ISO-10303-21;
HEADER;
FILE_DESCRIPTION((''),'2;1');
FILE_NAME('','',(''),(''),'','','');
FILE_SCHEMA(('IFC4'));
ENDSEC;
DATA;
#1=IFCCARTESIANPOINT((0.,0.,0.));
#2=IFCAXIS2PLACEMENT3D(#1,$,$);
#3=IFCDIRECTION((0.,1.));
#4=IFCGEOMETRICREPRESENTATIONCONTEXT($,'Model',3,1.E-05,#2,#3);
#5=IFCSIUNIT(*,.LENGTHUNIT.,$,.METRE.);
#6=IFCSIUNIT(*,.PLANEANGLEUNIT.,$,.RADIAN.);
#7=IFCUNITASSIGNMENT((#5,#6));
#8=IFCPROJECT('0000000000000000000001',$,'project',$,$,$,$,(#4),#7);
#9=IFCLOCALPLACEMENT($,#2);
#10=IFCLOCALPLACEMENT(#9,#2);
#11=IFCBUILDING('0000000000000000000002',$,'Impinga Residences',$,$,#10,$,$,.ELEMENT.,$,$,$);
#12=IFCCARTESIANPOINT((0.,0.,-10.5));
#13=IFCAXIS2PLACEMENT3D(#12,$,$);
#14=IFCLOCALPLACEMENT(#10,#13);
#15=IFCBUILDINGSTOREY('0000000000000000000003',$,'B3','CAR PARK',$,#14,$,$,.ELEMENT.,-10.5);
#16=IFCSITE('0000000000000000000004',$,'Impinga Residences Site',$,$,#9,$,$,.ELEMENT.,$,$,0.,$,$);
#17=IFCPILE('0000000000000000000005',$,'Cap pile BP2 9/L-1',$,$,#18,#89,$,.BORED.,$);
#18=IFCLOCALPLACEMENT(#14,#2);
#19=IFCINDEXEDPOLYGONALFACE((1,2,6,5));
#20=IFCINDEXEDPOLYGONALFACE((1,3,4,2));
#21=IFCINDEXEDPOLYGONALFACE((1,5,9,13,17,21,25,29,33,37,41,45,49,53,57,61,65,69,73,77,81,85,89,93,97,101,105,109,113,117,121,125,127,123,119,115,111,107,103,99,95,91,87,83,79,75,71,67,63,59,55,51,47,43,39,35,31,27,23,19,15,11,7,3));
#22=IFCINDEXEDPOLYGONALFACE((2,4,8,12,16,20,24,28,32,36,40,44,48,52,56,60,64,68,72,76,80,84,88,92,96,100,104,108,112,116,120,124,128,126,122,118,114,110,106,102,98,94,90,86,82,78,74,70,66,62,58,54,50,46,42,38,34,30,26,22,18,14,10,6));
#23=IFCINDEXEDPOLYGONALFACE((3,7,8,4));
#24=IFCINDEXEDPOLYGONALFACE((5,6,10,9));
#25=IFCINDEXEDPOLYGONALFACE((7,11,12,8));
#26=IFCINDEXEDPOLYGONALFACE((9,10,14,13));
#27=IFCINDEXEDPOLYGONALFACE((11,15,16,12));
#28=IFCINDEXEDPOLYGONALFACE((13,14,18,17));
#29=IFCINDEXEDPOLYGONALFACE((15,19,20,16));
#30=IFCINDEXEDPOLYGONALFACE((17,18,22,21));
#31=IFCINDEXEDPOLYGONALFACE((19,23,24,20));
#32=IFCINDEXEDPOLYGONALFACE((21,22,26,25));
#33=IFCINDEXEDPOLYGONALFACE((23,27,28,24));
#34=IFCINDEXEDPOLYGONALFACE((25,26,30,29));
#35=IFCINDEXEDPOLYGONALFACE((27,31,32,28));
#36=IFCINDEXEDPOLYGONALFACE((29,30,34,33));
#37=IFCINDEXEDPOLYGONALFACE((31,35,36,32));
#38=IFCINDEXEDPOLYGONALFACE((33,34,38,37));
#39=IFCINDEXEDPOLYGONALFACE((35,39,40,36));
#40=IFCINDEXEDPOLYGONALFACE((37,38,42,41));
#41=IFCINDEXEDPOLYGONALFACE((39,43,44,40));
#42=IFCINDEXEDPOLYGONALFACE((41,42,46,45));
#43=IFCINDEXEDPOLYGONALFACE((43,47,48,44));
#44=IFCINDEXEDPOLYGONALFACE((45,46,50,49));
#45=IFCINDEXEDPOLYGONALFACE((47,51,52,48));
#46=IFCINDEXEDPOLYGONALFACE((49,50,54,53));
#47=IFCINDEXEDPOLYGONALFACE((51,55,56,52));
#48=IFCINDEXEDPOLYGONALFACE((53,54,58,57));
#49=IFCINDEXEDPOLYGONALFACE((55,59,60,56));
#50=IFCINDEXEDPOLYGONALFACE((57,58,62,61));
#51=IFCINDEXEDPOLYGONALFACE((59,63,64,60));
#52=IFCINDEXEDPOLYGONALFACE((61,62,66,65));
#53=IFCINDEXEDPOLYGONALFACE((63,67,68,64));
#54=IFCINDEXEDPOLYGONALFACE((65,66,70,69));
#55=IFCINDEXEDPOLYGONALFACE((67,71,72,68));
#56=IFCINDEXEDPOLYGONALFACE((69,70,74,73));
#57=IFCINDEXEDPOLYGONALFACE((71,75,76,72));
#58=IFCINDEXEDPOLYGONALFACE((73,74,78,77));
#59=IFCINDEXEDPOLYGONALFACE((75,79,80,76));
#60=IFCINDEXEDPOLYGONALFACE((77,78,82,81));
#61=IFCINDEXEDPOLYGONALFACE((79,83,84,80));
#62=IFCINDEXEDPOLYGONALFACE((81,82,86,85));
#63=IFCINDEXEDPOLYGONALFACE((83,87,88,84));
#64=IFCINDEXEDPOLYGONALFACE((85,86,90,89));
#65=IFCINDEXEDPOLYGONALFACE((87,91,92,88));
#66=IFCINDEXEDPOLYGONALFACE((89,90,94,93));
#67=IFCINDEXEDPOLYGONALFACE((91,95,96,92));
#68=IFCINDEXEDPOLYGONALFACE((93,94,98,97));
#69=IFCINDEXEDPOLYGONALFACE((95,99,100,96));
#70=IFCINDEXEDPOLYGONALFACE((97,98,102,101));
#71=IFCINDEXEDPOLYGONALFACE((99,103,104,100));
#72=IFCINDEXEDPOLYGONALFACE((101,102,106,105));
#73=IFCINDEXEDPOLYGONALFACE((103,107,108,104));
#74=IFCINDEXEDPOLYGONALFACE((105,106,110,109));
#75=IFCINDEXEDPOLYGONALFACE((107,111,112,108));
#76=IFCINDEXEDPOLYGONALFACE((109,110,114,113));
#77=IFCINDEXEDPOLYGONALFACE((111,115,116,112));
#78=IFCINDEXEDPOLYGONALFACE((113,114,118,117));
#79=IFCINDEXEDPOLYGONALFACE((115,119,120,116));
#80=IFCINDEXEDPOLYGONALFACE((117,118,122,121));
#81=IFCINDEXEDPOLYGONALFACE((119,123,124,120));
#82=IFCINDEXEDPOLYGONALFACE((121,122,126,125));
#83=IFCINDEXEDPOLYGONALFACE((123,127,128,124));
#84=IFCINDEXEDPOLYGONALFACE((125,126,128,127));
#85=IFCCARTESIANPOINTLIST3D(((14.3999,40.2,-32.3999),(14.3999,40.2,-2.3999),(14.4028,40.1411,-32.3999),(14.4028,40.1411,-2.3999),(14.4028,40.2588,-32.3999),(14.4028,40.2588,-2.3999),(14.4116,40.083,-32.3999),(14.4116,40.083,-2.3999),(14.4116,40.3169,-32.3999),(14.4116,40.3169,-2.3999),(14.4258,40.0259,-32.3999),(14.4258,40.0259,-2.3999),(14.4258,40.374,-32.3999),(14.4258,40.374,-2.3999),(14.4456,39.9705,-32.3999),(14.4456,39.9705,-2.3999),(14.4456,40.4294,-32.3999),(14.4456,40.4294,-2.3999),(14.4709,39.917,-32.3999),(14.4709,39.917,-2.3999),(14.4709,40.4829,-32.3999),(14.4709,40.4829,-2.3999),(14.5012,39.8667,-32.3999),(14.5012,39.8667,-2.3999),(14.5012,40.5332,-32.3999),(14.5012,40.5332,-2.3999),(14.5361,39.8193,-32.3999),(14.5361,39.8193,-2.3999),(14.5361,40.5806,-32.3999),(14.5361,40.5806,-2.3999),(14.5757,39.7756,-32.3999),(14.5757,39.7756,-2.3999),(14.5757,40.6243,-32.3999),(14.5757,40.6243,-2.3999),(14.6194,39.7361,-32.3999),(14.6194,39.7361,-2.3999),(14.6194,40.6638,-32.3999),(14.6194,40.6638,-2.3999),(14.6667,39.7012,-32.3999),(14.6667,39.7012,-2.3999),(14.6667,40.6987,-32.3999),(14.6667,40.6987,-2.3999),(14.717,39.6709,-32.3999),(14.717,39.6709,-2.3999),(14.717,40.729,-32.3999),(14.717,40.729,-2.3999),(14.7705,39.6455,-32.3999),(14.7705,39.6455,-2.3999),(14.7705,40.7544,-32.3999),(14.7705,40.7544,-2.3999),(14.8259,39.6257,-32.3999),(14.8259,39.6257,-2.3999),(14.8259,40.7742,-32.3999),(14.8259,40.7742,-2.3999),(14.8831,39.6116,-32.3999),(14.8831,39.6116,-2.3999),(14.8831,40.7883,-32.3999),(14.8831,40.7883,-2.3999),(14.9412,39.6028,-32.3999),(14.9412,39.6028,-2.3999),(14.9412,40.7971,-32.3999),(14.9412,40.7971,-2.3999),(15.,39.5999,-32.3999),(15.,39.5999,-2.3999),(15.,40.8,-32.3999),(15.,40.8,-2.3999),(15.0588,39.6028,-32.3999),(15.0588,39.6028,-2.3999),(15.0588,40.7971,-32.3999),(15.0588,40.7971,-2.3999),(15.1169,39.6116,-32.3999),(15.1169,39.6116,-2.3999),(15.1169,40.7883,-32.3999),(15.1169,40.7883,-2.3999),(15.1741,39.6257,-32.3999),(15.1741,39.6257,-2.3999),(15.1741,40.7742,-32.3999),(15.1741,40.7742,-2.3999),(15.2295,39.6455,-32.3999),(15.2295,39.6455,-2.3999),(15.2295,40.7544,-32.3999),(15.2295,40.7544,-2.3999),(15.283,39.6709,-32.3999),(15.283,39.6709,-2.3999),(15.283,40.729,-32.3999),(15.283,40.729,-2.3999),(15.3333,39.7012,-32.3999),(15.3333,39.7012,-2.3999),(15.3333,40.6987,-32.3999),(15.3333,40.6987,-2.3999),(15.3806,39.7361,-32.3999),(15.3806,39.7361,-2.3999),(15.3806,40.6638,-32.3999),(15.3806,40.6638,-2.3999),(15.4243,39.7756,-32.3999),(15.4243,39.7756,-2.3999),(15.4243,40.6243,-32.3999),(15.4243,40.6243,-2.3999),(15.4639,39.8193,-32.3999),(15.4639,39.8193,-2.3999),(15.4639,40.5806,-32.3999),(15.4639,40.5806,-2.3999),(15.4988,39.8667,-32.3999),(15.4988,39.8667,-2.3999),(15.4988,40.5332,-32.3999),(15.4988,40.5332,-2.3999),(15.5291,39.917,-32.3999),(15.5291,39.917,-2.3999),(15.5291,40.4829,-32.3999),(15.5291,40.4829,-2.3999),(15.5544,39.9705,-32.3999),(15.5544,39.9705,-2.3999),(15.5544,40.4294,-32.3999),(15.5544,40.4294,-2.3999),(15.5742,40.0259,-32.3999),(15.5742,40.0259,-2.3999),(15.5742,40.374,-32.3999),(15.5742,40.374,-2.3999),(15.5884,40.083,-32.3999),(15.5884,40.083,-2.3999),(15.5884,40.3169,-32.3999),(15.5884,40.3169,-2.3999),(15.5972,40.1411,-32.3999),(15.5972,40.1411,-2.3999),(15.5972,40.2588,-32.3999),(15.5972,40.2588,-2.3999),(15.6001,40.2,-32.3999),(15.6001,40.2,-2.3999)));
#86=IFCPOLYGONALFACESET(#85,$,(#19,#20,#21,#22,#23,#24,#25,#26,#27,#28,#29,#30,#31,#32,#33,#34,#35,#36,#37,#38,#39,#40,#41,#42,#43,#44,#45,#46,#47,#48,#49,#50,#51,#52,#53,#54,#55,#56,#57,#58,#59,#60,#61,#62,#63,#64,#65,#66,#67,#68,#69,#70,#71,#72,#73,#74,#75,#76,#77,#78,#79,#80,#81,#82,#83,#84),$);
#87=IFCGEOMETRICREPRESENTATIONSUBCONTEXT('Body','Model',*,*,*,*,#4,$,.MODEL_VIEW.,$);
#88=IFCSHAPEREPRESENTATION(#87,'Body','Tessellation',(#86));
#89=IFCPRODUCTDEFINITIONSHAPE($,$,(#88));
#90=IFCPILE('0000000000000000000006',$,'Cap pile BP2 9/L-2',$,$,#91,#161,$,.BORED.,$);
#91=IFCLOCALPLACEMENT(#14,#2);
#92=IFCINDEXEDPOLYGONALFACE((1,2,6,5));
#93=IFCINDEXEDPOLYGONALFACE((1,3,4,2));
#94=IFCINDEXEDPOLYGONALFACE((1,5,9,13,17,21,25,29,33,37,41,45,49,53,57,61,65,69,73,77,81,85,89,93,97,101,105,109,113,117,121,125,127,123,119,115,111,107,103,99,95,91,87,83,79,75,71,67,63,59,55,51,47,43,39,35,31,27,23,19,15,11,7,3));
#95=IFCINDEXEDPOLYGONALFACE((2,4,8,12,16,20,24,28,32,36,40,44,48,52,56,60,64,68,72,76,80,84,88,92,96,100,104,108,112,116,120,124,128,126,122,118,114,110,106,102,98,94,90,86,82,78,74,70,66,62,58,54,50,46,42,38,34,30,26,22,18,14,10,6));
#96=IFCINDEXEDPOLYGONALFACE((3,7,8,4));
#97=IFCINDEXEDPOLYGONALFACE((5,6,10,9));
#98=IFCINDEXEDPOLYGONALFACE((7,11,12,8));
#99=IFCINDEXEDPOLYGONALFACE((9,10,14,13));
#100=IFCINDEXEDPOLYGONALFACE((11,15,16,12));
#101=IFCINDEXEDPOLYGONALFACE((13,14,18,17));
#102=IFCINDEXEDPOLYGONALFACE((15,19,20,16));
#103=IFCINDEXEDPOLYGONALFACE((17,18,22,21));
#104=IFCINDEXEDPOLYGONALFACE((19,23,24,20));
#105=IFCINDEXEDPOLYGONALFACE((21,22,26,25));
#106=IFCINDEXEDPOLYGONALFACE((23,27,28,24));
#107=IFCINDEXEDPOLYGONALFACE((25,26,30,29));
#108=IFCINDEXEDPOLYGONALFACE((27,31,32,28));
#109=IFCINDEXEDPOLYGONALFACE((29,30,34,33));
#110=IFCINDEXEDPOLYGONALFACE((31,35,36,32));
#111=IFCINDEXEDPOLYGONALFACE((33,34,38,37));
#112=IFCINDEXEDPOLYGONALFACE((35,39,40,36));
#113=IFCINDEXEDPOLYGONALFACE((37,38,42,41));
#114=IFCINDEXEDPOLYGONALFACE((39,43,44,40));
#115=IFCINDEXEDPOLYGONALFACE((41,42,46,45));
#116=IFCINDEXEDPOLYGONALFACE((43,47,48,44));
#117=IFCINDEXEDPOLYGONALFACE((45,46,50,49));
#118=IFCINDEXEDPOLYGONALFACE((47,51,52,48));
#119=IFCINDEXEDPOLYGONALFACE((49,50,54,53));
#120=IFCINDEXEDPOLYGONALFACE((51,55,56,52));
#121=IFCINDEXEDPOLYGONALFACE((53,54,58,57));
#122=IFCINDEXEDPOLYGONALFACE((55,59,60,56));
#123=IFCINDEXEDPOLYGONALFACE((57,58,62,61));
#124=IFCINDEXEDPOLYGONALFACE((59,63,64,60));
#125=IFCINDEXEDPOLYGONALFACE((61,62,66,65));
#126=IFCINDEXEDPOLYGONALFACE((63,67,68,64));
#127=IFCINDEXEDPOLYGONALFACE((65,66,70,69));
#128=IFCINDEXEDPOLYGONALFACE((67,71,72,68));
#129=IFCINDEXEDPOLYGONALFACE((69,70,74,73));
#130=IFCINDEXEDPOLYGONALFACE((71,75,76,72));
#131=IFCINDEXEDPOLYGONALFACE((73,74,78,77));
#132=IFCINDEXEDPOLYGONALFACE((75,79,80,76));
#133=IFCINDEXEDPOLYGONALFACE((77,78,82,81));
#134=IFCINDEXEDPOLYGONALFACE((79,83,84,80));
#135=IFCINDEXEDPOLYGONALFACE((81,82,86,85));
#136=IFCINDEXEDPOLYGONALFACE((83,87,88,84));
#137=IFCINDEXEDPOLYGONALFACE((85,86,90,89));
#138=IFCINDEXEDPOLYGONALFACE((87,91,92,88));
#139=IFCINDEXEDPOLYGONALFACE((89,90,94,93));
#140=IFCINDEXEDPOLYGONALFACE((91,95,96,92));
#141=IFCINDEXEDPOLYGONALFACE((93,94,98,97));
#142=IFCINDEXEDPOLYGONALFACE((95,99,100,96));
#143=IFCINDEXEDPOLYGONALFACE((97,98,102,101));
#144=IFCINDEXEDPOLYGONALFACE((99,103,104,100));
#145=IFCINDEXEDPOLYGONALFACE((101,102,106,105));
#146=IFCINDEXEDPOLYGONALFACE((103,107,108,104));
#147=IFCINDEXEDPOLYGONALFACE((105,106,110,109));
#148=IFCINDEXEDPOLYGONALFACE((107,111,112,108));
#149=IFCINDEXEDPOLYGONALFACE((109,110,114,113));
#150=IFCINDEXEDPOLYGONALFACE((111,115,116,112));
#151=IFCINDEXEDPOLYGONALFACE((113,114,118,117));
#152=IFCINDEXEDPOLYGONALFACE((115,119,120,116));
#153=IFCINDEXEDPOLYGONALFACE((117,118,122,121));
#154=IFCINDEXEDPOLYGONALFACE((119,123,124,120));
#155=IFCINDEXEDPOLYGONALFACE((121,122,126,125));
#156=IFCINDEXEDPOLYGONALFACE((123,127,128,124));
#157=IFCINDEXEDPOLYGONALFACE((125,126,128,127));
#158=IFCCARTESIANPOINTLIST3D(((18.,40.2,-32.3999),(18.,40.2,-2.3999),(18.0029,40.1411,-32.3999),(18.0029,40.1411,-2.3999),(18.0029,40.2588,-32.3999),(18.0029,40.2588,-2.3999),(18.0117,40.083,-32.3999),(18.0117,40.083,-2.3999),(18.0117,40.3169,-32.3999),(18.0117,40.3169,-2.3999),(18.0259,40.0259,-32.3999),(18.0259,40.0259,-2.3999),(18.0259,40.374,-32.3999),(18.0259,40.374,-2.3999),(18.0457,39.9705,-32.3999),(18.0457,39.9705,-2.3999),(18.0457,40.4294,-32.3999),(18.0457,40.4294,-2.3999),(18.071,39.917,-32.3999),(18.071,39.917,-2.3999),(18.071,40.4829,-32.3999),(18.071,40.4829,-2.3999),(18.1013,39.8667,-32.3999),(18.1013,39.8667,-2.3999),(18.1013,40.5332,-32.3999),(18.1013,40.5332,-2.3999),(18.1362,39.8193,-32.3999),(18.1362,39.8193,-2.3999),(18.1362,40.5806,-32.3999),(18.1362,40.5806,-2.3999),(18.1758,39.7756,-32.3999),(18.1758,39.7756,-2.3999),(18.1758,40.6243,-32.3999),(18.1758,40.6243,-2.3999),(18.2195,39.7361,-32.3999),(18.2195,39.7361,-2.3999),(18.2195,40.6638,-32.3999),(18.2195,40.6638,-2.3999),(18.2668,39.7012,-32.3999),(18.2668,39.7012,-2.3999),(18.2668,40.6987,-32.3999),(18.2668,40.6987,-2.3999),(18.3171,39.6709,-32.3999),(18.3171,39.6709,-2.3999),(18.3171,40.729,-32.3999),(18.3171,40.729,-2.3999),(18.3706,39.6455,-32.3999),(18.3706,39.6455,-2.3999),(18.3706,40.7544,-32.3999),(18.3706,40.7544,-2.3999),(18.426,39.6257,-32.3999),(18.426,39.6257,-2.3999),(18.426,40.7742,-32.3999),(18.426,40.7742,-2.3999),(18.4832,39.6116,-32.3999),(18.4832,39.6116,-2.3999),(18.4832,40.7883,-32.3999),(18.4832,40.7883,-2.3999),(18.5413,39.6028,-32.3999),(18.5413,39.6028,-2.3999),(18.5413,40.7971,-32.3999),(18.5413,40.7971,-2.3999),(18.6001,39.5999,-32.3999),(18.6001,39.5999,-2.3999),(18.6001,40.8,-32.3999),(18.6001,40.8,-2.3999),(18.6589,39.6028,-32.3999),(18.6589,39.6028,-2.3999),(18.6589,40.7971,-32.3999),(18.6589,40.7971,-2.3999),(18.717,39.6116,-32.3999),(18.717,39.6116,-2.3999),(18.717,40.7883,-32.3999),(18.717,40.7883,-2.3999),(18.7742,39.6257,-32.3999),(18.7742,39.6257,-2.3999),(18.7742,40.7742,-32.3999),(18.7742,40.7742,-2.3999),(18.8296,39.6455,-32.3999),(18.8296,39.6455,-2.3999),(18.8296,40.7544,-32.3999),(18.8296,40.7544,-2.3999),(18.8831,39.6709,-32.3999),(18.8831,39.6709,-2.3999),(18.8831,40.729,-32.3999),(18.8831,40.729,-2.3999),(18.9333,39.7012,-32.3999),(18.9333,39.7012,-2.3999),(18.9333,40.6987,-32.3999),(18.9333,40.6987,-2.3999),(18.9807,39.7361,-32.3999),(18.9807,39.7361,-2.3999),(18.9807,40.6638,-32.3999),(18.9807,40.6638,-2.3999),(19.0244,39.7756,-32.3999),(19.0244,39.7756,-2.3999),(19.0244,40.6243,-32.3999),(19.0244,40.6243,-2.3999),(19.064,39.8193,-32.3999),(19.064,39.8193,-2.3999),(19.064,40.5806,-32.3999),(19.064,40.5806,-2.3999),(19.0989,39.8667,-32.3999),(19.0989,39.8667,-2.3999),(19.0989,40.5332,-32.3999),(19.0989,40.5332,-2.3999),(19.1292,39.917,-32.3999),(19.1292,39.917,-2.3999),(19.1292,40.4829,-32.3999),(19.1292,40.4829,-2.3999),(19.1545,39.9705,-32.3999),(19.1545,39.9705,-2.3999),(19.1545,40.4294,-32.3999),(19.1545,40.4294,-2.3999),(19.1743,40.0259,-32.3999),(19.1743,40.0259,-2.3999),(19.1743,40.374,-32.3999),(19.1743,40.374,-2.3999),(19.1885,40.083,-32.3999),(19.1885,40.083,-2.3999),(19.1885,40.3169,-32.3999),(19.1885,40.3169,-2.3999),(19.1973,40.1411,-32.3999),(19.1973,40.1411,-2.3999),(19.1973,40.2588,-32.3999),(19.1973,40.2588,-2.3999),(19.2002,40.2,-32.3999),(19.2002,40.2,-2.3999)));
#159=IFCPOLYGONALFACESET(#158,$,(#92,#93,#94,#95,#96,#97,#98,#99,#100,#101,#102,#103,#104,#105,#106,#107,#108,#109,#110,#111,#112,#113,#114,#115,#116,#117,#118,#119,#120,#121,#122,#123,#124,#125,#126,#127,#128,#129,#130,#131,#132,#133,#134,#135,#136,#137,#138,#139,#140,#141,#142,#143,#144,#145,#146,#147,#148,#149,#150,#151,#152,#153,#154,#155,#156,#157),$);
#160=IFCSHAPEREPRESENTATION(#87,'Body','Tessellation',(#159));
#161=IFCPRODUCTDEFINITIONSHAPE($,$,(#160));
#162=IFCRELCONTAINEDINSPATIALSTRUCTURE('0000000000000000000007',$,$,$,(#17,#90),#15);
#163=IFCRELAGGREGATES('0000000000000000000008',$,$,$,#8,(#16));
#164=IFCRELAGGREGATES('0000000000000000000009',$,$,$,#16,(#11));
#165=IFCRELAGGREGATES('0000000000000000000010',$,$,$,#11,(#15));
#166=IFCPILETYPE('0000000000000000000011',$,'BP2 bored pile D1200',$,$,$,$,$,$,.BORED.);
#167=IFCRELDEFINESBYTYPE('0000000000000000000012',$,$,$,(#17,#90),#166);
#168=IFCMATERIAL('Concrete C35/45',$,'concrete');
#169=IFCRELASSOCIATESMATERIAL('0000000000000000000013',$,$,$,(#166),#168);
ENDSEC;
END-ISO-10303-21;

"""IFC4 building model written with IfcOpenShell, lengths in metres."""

from ifc_helpers import new_model, si_unit, direction, frame, origin, origin_2d, place, context, subcontext, project, spatial, polyline, circle, outline, extrude, material, material_profile, profile_set, type_object, element, save


model = new_model("IFC4")

# Units and contexts
model_context = context("Model", 3, precision=1e-05, world=origin(), true_north=direction((0.0, 1.0)))
body_context = subcontext(model_context, "Body", "Model", "MODEL_VIEW")
ifc_project = project(units=[si_unit("LENGTHUNIT", "METRE"), si_unit("PLANEANGLEUNIT", "RADIAN")], contexts=[model_context])

# Site, building, storey
site_placement = place(None, origin())
site = spatial("IfcSite", under=ifc_project, at=site_placement, Name="Impinga Residences Site", CompositionType="ELEMENT", RefElevation=0.0)
building_placement = place(site_placement, origin())
building = spatial("IfcBuilding", under=site, at=building_placement, Name="Impinga Residences", CompositionType="ELEMENT")
storey_placement = place(building_placement, frame((0.0, 0.0, -10.5)))
storey = spatial("IfcBuildingStorey", under=building, at=storey_placement, Name="B3", Description="CAR PARK", CompositionType="ELEMENT", Elevation=-10.5)

# Piles
ifc_material_1 = material(Name="Concrete C35/45", Category="concrete")
ifc_material_profile_1 = material_profile(ifc_material_1, circle(Radius=0.6001, at=origin_2d()), Name="D1200")
ifc_profile_set_1 = profile_set([ifc_material_profile_1], Name="Concrete C35/45")
pile_type_1 = type_object("IfcPileType", Name="BP2 bored pile D1200", PredefinedType="BORED", material=ifc_profile_set_1)
pile_1_placement = place(storey_placement, frame((15.0, 40.2, -2.3999), z_axis=(0.0, 0.0, -1.0), x_axis=(1.0, 0.0, 0.0)))
element("IfcPile", 1, at=pile_1_placement, inside=storey, type_object=pile_type_1, Name="Cap pile BP2 9/L-1", PredefinedType="BORED", context=body_context, shape_type="SweptSolid", body=[
    extrude(outline(polyline([(0.6001, 0.0), (0.5972, 0.0588), (0.5884, 0.1169), (0.5742, 0.1741), (0.5544, 0.2295), (0.5291, 0.283), (0.4988, 0.3333), (0.4639, 0.3806), (0.4243, 0.4243), (0.3806, 0.4639), (0.3333, 0.4988), (0.283, 0.5291), (0.2295, 0.5544), (0.1741, 0.5742), (0.1169, 0.5884), (0.0588, 0.5972), (0.0, 0.6001), (-0.0588, 0.5972), (-0.1169, 0.5884), (-0.1741, 0.5742), (-0.2295, 0.5544), (-0.283, 0.5291), (-0.3333, 0.4988), (-0.3806, 0.4639), (-0.4243, 0.4243), (-0.4639, 0.3806), (-0.4988, 0.3333), (-0.5291, 0.283), (-0.5544, 0.2295), (-0.5742, 0.1741), (-0.5884, 0.1169), (-0.5972, 0.0588), (-0.6001, 0.0), (-0.5972, -0.0588), (-0.5884, -0.1169), (-0.5742, -0.1741), (-0.5544, -0.2295), (-0.5291, -0.283), (-0.4988, -0.3333), (-0.4639, -0.3806), (-0.4243, -0.4243), (-0.3806, -0.4639), (-0.3333, -0.4988), (-0.283, -0.5291), (-0.2295, -0.5544), (-0.1741, -0.5742), (-0.1169, -0.5884), (-0.0588, -0.5972), (0.0, -0.6001), (0.0588, -0.5972), (0.1169, -0.5884), (0.1741, -0.5742), (0.2295, -0.5544), (0.283, -0.5291), (0.3333, -0.4988), (0.3806, -0.4639), (0.4243, -0.4243), (0.4639, -0.3806), (0.4988, -0.3333), (0.5291, -0.283), (0.5544, -0.2295), (0.5742, -0.1741), (0.5884, -0.1169), (0.5972, -0.0588), (0.6001, 0.0)])), origin(), (0.0, 0.0, 1.0), 30.0),
])
pile_2_placement = place(storey_placement, frame((18.6001, 40.2, -2.3999), z_axis=(0.0, 0.0, -1.0), x_axis=(1.0, 0.0, 0.0)))
element("IfcPile", 2, at=pile_2_placement, inside=storey, type_object=pile_type_1, Name="Cap pile BP2 9/L-2", PredefinedType="BORED", context=body_context, shape_type="SweptSolid", body=[
    extrude(outline(polyline([(0.6001, 0.0), (0.5972, 0.0588), (0.5884, 0.1169), (0.5742, 0.1741), (0.5544, 0.2295), (0.5291, 0.283), (0.4988, 0.3333), (0.4639, 0.3806), (0.4243, 0.4243), (0.3806, 0.4639), (0.3333, 0.4988), (0.283, 0.5291), (0.2295, 0.5544), (0.1741, 0.5742), (0.1169, 0.5884), (0.0588, 0.5972), (0.0, 0.6001), (-0.0588, 0.5972), (-0.1169, 0.5884), (-0.1741, 0.5742), (-0.2295, 0.5544), (-0.283, 0.5291), (-0.3333, 0.4988), (-0.3806, 0.4639), (-0.4243, 0.4243), (-0.4639, 0.3806), (-0.4988, 0.3333), (-0.5291, 0.283), (-0.5544, 0.2295), (-0.5742, 0.1741), (-0.5884, 0.1169), (-0.5972, 0.0588), (-0.6001, 0.0), (-0.5972, -0.0588), (-0.5884, -0.1169), (-0.5742, -0.1741), (-0.5544, -0.2295), (-0.5291, -0.283), (-0.4988, -0.3333), (-0.4639, -0.3806), (-0.4243, -0.4243), (-0.3806, -0.4639), (-0.3333, -0.4988), (-0.283, -0.5291), (-0.2295, -0.5544), (-0.1741, -0.5742), (-0.1169, -0.5884), (-0.0588, -0.5972), (0.0, -0.6001), (0.0588, -0.5972), (0.1169, -0.5884), (0.1741, -0.5742), (0.2295, -0.5544), (0.283, -0.5291), (0.3333, -0.4988), (0.3806, -0.4639), (0.4243, -0.4243), (0.4639, -0.3806), (0.4988, -0.3333), (0.5291, -0.283), (0.5544, -0.2295), (0.5742, -0.1741), (0.5884, -0.1169), (0.5972, -0.0588), (0.6001, 0.0)])), origin(), (0.0, 0.0, 1.0), 30.0),
])

save(model, "model.ifc")
